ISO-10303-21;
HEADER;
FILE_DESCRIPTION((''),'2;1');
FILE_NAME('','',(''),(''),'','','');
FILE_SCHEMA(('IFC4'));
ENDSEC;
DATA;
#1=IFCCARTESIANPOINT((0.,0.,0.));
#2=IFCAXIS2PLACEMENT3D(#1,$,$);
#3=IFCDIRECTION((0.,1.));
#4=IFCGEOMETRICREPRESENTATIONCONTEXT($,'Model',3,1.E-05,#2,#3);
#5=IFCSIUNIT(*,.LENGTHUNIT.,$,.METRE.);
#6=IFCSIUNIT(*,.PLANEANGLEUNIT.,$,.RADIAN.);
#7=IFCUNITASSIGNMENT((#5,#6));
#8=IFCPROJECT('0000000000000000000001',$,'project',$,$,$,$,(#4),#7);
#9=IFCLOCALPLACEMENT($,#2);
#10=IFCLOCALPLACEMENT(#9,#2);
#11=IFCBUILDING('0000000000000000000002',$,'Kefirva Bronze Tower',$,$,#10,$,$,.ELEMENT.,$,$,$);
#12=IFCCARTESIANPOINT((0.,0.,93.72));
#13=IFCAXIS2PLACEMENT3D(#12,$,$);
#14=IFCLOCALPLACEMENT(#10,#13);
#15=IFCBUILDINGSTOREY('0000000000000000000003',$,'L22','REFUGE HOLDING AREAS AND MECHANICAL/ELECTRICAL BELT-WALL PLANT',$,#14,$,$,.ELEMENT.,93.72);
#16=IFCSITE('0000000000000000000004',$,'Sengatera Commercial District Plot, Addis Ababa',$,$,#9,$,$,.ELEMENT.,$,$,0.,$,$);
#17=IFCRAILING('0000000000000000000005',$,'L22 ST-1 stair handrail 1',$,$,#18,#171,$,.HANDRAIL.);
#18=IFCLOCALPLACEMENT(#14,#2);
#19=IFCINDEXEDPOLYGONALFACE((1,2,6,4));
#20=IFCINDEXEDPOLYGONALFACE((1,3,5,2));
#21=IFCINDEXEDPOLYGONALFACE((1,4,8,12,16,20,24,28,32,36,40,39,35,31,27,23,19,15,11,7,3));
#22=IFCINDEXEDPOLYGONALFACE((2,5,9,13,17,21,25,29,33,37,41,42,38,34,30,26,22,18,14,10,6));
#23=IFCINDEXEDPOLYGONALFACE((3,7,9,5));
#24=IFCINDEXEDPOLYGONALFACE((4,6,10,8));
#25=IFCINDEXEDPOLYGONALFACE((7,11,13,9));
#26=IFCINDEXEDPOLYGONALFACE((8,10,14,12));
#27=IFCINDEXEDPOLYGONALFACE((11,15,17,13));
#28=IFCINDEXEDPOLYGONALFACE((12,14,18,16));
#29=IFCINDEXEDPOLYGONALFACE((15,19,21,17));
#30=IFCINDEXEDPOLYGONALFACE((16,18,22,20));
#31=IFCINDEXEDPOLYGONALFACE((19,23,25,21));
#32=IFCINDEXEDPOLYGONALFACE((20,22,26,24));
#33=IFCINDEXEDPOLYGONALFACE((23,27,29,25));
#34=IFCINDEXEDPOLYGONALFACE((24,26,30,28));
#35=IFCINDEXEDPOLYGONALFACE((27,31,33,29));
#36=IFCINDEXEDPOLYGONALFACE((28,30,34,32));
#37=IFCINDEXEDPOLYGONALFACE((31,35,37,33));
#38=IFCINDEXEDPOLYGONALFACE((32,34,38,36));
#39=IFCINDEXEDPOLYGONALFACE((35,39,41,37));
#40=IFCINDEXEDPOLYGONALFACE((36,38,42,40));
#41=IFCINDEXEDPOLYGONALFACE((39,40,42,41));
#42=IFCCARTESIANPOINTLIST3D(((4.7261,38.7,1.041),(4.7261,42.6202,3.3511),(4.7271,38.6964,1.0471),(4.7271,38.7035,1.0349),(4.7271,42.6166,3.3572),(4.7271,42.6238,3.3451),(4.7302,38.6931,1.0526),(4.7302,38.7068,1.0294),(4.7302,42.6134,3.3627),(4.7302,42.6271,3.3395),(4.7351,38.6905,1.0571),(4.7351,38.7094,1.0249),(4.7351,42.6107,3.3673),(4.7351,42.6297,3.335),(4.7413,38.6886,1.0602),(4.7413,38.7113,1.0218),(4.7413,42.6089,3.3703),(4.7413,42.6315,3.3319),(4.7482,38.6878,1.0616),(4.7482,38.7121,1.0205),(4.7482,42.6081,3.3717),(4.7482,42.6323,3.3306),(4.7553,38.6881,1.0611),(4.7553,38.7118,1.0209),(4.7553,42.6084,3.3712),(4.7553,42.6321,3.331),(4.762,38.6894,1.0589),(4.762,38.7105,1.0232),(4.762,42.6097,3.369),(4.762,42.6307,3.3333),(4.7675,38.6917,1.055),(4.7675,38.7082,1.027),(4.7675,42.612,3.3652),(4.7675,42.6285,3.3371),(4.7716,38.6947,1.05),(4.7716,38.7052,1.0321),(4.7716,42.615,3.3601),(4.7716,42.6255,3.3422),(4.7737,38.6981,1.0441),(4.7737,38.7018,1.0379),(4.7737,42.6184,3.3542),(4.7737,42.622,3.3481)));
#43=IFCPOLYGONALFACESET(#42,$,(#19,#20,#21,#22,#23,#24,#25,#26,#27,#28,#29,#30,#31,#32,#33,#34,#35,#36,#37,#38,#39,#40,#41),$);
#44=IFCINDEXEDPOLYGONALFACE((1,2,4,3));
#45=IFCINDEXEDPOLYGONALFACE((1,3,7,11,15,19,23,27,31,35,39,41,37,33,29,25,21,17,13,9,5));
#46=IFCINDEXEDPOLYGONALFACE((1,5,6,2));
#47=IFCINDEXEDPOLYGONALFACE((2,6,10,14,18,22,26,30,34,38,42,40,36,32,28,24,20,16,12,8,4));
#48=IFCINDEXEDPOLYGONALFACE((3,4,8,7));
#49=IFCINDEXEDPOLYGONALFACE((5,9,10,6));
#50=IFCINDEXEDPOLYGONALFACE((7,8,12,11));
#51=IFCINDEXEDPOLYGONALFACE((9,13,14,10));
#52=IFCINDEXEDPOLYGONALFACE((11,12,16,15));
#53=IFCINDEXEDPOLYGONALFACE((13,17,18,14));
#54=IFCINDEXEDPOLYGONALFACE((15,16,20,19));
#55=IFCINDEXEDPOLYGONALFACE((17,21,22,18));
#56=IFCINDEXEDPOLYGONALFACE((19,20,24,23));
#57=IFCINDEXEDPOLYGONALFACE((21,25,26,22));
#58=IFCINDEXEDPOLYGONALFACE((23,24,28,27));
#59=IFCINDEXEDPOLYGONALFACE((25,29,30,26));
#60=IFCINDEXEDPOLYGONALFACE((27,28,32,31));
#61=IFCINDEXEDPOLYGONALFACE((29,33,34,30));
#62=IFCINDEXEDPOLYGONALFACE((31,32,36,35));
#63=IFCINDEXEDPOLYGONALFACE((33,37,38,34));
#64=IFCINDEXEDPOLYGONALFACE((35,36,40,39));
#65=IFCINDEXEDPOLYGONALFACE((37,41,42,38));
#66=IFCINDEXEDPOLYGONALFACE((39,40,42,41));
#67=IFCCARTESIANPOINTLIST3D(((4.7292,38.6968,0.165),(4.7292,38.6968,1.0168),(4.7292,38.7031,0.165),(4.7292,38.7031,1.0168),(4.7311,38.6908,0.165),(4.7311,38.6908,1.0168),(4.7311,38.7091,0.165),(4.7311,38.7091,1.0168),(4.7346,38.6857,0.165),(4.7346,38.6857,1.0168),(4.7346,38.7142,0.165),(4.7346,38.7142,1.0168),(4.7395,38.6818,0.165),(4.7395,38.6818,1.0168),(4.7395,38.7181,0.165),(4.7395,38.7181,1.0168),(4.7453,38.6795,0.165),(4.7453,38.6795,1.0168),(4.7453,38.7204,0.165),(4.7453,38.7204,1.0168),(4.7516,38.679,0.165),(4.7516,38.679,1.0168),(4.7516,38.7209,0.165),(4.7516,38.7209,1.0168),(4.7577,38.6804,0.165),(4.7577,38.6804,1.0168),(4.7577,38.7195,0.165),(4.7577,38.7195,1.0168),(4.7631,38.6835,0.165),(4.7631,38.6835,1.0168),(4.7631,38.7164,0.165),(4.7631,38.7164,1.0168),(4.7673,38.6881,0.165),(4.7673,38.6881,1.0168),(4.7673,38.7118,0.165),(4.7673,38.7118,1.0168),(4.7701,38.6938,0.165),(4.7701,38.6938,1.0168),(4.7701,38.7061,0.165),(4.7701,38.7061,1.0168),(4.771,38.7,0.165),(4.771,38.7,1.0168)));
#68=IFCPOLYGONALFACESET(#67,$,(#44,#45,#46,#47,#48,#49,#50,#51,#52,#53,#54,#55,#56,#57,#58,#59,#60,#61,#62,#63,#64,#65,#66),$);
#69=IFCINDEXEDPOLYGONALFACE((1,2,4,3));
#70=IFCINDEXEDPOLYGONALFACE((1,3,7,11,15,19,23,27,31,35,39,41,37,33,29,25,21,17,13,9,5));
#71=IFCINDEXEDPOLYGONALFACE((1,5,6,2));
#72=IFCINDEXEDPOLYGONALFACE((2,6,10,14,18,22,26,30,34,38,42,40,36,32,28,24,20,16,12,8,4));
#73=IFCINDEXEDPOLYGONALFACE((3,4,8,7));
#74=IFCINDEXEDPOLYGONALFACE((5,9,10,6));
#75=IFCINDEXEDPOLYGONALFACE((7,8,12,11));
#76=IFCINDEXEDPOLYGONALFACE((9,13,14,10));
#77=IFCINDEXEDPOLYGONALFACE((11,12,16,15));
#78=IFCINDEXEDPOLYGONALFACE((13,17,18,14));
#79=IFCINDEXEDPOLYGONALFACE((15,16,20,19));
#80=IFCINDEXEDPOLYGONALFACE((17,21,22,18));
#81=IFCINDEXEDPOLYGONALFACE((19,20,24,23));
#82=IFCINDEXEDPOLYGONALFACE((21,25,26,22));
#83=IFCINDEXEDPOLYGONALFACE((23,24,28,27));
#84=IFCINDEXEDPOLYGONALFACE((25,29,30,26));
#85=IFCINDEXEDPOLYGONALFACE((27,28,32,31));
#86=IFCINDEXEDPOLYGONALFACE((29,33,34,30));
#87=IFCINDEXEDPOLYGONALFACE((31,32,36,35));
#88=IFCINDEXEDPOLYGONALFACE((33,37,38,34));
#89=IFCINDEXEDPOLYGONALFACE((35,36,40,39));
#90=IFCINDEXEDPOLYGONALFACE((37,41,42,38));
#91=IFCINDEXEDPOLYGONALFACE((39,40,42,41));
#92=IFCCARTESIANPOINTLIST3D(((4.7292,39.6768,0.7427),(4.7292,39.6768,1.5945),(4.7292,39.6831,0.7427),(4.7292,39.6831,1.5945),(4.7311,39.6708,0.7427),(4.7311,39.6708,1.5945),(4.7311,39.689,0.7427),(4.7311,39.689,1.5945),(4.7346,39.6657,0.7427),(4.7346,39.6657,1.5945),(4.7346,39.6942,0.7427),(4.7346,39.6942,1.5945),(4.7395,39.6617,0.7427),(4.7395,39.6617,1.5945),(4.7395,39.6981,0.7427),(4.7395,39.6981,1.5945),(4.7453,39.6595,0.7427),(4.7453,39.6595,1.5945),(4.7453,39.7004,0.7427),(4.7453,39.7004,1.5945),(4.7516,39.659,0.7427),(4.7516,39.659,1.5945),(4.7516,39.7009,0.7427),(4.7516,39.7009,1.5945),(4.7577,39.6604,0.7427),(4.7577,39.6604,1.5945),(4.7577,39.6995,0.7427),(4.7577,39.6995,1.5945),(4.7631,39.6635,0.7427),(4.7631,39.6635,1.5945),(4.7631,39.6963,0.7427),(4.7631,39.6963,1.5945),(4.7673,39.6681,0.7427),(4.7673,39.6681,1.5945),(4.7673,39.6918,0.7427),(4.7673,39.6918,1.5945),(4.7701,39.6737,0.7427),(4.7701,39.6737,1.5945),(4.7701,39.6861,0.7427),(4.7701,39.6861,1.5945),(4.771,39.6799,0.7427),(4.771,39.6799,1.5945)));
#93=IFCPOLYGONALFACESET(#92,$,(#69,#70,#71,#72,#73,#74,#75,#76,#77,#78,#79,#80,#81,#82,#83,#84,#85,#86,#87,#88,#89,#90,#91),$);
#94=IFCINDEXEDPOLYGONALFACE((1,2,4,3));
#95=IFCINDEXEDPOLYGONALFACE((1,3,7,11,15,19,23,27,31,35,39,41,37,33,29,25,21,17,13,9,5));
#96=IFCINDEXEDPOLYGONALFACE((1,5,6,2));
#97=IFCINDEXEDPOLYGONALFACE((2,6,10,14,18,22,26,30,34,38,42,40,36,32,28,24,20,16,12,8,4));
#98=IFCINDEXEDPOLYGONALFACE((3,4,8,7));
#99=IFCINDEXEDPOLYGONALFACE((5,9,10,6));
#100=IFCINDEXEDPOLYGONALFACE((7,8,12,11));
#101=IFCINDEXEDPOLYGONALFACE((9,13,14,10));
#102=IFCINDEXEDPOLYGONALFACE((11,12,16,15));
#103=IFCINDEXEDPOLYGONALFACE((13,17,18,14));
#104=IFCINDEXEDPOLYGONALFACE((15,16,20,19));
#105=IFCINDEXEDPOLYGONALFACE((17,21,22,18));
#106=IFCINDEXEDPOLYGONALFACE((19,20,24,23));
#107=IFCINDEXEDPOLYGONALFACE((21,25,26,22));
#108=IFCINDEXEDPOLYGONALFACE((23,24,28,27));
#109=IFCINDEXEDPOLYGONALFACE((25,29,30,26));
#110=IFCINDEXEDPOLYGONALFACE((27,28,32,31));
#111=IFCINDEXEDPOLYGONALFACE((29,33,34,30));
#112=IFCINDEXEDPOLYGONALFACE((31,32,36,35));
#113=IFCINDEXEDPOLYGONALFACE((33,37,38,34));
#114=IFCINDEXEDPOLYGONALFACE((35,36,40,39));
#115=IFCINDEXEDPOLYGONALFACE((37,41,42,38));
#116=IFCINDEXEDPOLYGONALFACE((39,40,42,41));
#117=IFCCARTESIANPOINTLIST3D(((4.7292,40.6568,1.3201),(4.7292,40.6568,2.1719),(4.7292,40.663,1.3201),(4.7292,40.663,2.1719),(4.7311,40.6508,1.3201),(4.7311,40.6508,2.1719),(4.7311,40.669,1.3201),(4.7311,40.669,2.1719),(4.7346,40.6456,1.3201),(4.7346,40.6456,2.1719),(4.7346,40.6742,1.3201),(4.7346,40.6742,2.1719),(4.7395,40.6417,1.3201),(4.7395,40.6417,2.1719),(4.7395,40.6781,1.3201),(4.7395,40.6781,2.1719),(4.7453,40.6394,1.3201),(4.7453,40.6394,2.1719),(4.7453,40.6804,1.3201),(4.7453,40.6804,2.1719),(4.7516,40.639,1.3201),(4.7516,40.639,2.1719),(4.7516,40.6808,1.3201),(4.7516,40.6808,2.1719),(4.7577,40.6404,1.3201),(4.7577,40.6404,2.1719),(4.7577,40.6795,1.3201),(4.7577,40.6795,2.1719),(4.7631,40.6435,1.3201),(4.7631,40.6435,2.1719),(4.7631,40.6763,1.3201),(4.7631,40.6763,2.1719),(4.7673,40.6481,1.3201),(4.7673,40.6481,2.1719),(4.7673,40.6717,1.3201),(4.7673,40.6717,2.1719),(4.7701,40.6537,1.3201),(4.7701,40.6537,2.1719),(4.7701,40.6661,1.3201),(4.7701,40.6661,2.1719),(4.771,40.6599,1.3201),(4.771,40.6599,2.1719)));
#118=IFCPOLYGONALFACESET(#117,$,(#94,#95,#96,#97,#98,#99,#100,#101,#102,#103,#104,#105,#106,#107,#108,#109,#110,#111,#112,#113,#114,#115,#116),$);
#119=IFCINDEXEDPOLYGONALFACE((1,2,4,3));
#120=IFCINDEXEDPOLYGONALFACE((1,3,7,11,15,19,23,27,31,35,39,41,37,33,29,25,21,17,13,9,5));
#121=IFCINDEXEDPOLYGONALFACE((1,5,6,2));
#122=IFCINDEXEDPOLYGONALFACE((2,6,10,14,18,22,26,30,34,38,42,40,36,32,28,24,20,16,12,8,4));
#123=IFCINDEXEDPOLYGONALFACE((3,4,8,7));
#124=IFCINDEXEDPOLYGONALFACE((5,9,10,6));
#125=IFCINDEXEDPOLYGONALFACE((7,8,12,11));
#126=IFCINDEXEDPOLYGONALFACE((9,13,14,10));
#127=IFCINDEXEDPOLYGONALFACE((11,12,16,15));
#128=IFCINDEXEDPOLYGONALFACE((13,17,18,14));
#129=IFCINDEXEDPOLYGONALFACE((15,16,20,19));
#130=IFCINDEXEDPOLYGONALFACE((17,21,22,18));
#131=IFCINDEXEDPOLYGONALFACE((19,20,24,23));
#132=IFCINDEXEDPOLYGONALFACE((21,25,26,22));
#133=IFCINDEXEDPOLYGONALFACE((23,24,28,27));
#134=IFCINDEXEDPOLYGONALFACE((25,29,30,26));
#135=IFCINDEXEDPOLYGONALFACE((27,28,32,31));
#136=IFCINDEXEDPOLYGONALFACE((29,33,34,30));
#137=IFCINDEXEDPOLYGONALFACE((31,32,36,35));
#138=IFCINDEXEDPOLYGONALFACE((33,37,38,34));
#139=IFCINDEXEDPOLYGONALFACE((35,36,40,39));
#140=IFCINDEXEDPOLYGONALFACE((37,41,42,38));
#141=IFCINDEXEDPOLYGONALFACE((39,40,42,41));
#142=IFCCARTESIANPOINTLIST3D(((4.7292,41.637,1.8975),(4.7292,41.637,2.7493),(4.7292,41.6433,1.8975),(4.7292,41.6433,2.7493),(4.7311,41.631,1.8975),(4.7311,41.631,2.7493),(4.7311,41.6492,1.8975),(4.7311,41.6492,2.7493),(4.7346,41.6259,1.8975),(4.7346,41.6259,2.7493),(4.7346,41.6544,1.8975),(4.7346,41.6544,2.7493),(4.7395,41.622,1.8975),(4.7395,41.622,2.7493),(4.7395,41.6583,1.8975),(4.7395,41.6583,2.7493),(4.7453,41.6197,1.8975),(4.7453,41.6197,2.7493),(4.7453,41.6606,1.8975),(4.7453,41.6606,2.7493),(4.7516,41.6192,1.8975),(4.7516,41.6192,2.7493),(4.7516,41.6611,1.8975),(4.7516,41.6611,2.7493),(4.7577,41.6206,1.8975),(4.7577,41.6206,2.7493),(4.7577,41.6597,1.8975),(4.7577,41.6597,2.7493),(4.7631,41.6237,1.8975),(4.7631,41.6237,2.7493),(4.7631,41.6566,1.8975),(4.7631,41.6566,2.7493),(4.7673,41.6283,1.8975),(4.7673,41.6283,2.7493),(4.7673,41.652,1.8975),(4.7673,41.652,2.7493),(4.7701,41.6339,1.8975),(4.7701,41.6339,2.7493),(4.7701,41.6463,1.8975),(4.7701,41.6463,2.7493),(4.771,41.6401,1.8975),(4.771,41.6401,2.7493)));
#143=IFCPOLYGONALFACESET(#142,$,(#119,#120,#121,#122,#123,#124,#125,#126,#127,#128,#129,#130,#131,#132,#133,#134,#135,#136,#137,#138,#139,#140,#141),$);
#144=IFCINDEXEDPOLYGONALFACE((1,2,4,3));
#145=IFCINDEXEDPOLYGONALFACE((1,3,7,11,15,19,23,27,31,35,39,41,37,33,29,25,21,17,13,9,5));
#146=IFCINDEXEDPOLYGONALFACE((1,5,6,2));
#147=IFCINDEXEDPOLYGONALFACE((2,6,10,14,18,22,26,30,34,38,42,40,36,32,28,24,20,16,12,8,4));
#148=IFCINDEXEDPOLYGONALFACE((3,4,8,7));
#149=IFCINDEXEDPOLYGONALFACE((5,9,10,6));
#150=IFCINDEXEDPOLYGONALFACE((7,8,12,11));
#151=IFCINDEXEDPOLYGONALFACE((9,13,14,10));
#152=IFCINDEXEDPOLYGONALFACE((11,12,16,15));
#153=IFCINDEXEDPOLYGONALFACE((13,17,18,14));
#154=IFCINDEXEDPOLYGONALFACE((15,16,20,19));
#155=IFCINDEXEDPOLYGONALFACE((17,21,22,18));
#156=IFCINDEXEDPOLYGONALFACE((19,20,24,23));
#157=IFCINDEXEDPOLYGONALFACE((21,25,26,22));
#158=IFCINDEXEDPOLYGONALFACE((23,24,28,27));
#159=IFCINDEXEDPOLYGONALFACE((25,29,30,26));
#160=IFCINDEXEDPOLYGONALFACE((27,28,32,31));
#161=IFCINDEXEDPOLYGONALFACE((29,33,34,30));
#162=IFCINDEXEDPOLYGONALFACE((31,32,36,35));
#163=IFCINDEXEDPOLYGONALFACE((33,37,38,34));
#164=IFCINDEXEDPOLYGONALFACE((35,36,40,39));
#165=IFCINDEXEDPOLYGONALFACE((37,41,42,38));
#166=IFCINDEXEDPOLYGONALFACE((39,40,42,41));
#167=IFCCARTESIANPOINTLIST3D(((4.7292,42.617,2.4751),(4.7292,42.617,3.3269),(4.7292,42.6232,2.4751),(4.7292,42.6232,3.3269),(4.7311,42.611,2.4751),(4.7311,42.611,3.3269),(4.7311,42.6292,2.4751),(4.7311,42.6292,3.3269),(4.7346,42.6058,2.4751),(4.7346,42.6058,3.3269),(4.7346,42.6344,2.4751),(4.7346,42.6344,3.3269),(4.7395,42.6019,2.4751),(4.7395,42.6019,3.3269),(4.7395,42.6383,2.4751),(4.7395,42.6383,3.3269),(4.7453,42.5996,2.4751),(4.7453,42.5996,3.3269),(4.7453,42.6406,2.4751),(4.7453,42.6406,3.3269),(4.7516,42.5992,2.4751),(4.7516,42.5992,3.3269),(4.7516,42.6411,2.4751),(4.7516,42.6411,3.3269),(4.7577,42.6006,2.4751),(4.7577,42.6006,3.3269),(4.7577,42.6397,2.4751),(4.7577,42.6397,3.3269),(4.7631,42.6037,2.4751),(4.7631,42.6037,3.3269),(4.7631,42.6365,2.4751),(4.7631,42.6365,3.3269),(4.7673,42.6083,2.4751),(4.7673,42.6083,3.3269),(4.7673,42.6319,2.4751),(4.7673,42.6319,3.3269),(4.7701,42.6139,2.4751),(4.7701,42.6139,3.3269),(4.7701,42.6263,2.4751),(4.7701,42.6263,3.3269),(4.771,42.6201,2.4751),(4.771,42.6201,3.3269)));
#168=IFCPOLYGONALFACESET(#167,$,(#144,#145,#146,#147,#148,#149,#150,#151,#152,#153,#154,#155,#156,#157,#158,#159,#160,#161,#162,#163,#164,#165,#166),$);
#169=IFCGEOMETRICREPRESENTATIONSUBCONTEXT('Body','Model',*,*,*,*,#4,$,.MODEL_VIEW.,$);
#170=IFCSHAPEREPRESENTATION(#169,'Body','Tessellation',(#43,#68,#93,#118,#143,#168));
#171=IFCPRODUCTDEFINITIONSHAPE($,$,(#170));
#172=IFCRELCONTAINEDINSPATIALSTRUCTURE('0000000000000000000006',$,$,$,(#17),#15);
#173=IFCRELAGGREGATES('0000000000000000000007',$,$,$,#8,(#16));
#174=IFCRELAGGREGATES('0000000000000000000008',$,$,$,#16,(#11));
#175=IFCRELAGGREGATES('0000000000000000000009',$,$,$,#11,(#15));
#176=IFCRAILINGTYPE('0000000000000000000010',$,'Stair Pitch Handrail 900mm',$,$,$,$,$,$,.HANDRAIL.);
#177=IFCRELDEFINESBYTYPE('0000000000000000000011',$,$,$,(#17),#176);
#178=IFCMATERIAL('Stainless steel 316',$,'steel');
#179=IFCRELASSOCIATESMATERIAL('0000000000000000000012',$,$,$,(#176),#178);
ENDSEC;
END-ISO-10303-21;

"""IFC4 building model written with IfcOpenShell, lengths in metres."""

from ifc_helpers import new_model, si_unit, direction, frame, origin, origin_2d, place, context, subcontext, project, spatial, circle, extrude, material, type_object, element, save


model = new_model("IFC4")

# Units and contexts
model_context = context("Model", 3, precision=1e-05, world=origin(), true_north=direction((0.0, 1.0)))
body_context = subcontext(model_context, "Body", "Model", "MODEL_VIEW")
ifc_project = project(units=[si_unit("LENGTHUNIT", "METRE"), si_unit("PLANEANGLEUNIT", "RADIAN")], contexts=[model_context])

# Site, building, storey
site_placement = place(None, origin())
site = spatial("IfcSite", under=ifc_project, at=site_placement, Name="Sengatera Commercial District Plot, Addis Ababa", CompositionType="ELEMENT", RefElevation=0.0)
building_placement = place(site_placement, origin())
building = spatial("IfcBuilding", under=site, at=building_placement, Name="Kefirva Bronze Tower", CompositionType="ELEMENT")
storey_placement = place(building_placement, frame((0.0, 0.0, 93.72)))
storey = spatial("IfcBuildingStorey", under=building, at=storey_placement, Name="L22", Description="REFUGE HOLDING AREAS AND MECHANICAL/ELECTRICAL BELT-WALL PLANT", CompositionType="ELEMENT", Elevation=93.72)

# Shared definitions
ifc_material_1 = material(Name="Stainless steel 316", Category="steel")

# Railing
railing_type_1 = type_object("IfcRailingType", Name="Stair Pitch Handrail 900mm", PredefinedType="HANDRAIL", material=ifc_material_1)
railing_1_placement = place(storey_placement, frame((4.75, 38.7, 0.165)))
element("IfcRailing", 1, at=railing_1_placement, inside=storey, type_object=railing_type_1, Name="L22 ST-1 stair handrail 1", PredefinedType="HANDRAIL", context=body_context, shape_type="SweptSolid", body=[
    extrude(circle(Radius=0.0239, at=origin_2d()), frame((0.0, 0.0, 0.876), z_axis=(0.0, 0.861542, 0.507686), x_axis=(-1.0, 0.0, 0.0)), (0.0, 0.0, 1.0), 4.5503),
    extrude(circle(Radius=0.021, at=origin_2d()), origin(), (0.0, 0.0, 1.0), 0.8518),
    extrude(circle(Radius=0.021, at=origin_2d()), frame((0.0, 0.98, 0.5776)), (0.0, 0.0, 1.0), 0.8518),
    extrude(circle(Radius=0.021, at=origin_2d()), frame((0.0, 1.96, 1.155)), (0.0, 0.0, 1.0), 0.8518),
    extrude(circle(Radius=0.021, at=origin_2d()), frame((0.0, 2.9402, 1.7324)), (0.0, 0.0, 1.0), 0.8518),
    extrude(circle(Radius=0.021, at=origin_2d()), frame((0.0, 3.9202, 2.3101)), (0.0, 0.0, 1.0), 0.8518),
])

save(model, "model.ifc")
